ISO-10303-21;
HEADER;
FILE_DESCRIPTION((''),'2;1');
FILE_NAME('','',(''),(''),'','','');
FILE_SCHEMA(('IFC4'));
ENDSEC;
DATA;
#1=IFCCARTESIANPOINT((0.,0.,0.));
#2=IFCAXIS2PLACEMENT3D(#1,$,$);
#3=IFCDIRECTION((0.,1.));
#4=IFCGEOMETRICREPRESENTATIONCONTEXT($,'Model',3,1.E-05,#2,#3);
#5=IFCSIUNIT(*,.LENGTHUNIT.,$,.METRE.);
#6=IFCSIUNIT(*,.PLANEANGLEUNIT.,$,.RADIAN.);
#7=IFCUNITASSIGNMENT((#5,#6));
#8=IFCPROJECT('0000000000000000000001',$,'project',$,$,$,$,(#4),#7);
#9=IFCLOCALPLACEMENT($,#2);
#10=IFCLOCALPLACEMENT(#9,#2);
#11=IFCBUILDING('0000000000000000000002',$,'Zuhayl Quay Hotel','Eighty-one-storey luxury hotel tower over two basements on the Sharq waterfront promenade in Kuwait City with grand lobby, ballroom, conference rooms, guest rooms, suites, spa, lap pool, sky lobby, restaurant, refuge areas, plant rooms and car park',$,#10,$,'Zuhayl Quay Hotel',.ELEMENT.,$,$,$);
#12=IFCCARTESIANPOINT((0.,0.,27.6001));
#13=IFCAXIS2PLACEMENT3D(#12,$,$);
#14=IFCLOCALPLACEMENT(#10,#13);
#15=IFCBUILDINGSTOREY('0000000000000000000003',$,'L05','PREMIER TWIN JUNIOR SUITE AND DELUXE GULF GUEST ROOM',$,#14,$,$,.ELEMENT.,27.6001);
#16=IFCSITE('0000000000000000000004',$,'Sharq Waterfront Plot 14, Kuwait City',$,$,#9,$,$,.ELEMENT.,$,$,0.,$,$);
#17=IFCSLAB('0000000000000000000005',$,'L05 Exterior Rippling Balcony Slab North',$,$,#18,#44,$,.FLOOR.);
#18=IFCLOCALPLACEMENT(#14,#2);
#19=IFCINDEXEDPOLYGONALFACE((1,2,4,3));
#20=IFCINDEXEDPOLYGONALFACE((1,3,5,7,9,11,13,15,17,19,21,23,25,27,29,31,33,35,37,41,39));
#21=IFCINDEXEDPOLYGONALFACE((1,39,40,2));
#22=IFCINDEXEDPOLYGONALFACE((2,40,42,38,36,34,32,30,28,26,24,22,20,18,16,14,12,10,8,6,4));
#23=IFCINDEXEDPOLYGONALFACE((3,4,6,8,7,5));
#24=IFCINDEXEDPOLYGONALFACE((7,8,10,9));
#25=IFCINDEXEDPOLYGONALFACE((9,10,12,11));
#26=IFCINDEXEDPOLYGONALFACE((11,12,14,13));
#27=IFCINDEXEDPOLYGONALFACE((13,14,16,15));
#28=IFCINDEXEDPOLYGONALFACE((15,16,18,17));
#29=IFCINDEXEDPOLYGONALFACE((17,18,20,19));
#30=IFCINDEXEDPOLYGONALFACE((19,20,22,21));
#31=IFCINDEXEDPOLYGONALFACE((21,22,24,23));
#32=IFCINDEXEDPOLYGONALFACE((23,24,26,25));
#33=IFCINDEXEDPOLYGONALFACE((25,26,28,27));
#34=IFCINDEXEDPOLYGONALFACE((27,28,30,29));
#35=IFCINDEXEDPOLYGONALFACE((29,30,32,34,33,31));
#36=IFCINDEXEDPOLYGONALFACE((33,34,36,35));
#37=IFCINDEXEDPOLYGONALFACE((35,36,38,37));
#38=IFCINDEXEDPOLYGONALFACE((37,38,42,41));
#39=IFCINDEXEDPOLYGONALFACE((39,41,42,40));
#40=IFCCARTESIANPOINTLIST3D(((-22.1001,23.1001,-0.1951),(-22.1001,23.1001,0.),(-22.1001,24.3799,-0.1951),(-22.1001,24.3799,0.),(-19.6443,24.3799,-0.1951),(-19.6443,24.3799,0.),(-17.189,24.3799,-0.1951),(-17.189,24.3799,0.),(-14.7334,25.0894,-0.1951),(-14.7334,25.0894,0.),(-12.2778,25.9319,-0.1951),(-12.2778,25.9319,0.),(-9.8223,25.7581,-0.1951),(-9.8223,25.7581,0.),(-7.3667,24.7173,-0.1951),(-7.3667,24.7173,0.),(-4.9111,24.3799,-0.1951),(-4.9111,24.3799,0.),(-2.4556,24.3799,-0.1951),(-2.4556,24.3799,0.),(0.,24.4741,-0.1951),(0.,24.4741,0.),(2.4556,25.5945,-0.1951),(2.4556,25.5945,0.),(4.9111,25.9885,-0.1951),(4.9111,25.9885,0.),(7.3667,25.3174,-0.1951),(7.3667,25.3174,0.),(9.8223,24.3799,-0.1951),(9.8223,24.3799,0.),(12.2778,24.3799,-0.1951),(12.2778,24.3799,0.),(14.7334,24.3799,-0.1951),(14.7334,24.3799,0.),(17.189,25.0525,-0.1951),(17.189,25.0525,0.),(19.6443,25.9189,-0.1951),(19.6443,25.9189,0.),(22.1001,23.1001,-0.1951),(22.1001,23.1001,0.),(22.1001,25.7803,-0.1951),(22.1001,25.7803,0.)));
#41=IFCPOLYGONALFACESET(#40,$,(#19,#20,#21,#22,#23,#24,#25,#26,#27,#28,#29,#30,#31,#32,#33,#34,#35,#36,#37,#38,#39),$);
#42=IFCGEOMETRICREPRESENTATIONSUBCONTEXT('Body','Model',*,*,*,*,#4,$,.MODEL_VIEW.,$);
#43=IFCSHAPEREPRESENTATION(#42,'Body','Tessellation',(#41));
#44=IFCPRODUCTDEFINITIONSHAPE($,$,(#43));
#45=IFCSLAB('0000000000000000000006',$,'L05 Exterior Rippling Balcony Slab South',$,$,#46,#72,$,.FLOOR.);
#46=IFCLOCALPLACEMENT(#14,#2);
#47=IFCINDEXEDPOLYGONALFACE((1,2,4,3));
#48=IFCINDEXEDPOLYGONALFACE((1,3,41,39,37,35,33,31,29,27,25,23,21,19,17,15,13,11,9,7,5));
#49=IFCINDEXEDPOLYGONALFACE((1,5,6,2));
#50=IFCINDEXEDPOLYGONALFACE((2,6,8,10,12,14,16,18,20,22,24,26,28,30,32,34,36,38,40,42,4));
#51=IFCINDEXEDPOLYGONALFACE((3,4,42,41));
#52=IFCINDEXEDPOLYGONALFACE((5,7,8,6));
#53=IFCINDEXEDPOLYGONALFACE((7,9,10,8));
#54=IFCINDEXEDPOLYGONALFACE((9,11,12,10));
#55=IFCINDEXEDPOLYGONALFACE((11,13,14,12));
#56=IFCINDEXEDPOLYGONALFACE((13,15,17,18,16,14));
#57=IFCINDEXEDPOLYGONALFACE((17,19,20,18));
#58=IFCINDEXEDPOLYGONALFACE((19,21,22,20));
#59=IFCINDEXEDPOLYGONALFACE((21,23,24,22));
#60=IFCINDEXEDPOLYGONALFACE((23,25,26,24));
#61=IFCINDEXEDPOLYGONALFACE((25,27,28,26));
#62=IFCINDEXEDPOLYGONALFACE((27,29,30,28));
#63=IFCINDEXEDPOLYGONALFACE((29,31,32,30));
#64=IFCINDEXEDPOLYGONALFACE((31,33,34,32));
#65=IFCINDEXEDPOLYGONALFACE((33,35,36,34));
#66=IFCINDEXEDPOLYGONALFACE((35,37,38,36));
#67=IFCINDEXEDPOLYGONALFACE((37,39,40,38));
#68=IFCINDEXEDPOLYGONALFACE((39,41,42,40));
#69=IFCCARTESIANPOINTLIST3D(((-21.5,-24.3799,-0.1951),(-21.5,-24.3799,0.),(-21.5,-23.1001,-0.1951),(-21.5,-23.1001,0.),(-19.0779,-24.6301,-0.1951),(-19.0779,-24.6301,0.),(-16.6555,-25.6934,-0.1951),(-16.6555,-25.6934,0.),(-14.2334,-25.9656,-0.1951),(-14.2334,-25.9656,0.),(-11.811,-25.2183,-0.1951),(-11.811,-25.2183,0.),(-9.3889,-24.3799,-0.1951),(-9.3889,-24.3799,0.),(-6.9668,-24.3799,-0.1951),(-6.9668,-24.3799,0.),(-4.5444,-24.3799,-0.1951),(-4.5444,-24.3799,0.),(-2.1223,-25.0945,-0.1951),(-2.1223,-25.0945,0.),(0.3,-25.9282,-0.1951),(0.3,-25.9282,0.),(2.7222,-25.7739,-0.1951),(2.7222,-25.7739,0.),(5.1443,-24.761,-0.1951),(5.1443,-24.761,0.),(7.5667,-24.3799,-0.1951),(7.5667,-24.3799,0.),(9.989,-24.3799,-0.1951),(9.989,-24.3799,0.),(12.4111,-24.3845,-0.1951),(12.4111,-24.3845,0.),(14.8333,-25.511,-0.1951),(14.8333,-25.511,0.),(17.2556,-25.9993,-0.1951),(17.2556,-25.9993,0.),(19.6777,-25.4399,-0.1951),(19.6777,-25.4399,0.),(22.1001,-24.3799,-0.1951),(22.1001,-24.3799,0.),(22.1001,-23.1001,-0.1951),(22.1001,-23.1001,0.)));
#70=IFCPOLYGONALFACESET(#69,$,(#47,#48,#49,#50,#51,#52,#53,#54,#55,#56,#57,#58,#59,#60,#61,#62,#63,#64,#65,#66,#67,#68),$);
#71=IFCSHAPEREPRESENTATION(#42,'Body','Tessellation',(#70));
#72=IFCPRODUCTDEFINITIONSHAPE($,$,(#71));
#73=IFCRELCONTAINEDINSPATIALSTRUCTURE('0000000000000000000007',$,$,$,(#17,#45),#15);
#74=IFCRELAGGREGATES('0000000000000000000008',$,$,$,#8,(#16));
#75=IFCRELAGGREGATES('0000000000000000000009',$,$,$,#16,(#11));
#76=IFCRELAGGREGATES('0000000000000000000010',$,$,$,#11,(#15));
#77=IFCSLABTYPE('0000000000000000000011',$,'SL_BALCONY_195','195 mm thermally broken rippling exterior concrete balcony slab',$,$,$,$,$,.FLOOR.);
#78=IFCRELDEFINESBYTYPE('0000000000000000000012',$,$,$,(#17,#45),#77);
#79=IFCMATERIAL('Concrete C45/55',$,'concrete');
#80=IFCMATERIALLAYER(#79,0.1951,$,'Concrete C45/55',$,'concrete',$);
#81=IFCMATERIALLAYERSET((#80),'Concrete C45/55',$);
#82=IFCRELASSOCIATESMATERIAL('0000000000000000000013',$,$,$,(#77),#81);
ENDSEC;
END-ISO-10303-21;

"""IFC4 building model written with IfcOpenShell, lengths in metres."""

from ifc_helpers import new_model, si_unit, direction, frame, origin, place, context, subcontext, project, spatial, polyline, outline, extrude, material, layer, layer_set, type_object, element, save


model = new_model("IFC4")

# Units and contexts
model_context = context("Model", 3, precision=1e-05, world=origin(), true_north=direction((0.0, 1.0)))
body_context = subcontext(model_context, "Body", "Model", "MODEL_VIEW")
ifc_project = project(units=[si_unit("LENGTHUNIT", "METRE"), si_unit("PLANEANGLEUNIT", "RADIAN")], contexts=[model_context])

# Site, building, storey
site_placement = place(None, origin())
site = spatial("IfcSite", under=ifc_project, at=site_placement, Name="Sharq Waterfront Plot 14, Kuwait City", CompositionType="ELEMENT", RefElevation=0.0)
building_placement = place(site_placement, origin())
building = spatial("IfcBuilding", under=site, at=building_placement, Name="Zuhayl Quay Hotel", Description="Eighty-one-storey luxury hotel tower over two basements on the Sharq waterfront promenade in Kuwait City with grand lobby, ballroom, conference rooms, guest rooms, suites, spa, lap pool, sky lobby, restaurant, refuge areas, plant rooms and car park", LongName="Zuhayl Quay Hotel", CompositionType="ELEMENT")
storey_placement = place(building_placement, frame((0.0, 0.0, 27.6001)))
storey = spatial("IfcBuildingStorey", under=building, at=storey_placement, Name="L05", Description="PREMIER TWIN JUNIOR SUITE AND DELUXE GULF GUEST ROOM", CompositionType="ELEMENT", Elevation=27.6001)

# Slabs
ifc_material_1 = material(Name="Concrete C45/55", Category="concrete")
ifc_layer_1 = layer(ifc_material_1, 0.1951, Name="Concrete C45/55", Category="concrete")
ifc_layer_set_1 = layer_set([ifc_layer_1], Name="Concrete C45/55")
slab_type_1 = type_object("IfcSlabType", Name="SL_BALCONY_195", Description="195 mm thermally broken rippling exterior concrete balcony slab", PredefinedType="FLOOR", material=ifc_layer_set_1)
slab_1_placement = place(storey_placement, frame((0.0, 0.0, -0.1951)))
element("IfcSlab", 1, at=slab_1_placement, inside=storey, type_object=slab_type_1, Name="L05 Exterior Rippling Balcony Slab North", PredefinedType="FLOOR", context=body_context, shape_type="SweptSolid", body=[
    extrude(outline(polyline([(-22.1001, 23.1001), (22.1001, 23.1001), (22.1001, 25.7803), (19.6443, 25.9189), (17.189, 25.0525), (14.7334, 24.3799), (12.2778, 24.3799), (9.8223, 24.3799), (7.3667, 25.3174), (4.9111, 25.9885), (2.4556, 25.5945), (0.0, 24.4741), (-2.4556, 24.3799), (-4.9111, 24.3799), (-7.3667, 24.7173), (-9.8223, 25.7581), (-12.2778, 25.9319), (-14.7334, 25.0894), (-17.189, 24.3799), (-19.6443, 24.3799), (-22.1001, 24.3799), (-22.1001, 23.1001)])), origin(), (0.0, 0.0, 1.0), 0.1951),
])
slab_2_placement = place(storey_placement, frame((0.0, 0.0, -0.1951)))
element("IfcSlab", 2, at=slab_2_placement, inside=storey, type_object=slab_type_1, Name="L05 Exterior Rippling Balcony Slab South", PredefinedType="FLOOR", context=body_context, shape_type="SweptSolid", body=[
    extrude(outline(polyline([(-21.5, -24.3799), (-19.0779, -24.6301), (-16.6555, -25.6934), (-14.2334, -25.9656), (-11.811, -25.2183), (-9.3889, -24.3799), (-6.9668, -24.3799), (-4.5444, -24.3799), (-2.1223, -25.0945), (0.3, -25.9282), (2.7222, -25.7739), (5.1443, -24.761), (7.5667, -24.3799), (9.989, -24.3799), (12.4111, -24.3845), (14.8333, -25.511), (17.2556, -25.9993), (19.6777, -25.4399), (22.1001, -24.3799), (22.1001, -23.1001), (-21.5, -23.1001), (-21.5, -24.3799)])), origin(), (0.0, 0.0, 1.0), 0.1951),
])

save(model, "model.ifc")
